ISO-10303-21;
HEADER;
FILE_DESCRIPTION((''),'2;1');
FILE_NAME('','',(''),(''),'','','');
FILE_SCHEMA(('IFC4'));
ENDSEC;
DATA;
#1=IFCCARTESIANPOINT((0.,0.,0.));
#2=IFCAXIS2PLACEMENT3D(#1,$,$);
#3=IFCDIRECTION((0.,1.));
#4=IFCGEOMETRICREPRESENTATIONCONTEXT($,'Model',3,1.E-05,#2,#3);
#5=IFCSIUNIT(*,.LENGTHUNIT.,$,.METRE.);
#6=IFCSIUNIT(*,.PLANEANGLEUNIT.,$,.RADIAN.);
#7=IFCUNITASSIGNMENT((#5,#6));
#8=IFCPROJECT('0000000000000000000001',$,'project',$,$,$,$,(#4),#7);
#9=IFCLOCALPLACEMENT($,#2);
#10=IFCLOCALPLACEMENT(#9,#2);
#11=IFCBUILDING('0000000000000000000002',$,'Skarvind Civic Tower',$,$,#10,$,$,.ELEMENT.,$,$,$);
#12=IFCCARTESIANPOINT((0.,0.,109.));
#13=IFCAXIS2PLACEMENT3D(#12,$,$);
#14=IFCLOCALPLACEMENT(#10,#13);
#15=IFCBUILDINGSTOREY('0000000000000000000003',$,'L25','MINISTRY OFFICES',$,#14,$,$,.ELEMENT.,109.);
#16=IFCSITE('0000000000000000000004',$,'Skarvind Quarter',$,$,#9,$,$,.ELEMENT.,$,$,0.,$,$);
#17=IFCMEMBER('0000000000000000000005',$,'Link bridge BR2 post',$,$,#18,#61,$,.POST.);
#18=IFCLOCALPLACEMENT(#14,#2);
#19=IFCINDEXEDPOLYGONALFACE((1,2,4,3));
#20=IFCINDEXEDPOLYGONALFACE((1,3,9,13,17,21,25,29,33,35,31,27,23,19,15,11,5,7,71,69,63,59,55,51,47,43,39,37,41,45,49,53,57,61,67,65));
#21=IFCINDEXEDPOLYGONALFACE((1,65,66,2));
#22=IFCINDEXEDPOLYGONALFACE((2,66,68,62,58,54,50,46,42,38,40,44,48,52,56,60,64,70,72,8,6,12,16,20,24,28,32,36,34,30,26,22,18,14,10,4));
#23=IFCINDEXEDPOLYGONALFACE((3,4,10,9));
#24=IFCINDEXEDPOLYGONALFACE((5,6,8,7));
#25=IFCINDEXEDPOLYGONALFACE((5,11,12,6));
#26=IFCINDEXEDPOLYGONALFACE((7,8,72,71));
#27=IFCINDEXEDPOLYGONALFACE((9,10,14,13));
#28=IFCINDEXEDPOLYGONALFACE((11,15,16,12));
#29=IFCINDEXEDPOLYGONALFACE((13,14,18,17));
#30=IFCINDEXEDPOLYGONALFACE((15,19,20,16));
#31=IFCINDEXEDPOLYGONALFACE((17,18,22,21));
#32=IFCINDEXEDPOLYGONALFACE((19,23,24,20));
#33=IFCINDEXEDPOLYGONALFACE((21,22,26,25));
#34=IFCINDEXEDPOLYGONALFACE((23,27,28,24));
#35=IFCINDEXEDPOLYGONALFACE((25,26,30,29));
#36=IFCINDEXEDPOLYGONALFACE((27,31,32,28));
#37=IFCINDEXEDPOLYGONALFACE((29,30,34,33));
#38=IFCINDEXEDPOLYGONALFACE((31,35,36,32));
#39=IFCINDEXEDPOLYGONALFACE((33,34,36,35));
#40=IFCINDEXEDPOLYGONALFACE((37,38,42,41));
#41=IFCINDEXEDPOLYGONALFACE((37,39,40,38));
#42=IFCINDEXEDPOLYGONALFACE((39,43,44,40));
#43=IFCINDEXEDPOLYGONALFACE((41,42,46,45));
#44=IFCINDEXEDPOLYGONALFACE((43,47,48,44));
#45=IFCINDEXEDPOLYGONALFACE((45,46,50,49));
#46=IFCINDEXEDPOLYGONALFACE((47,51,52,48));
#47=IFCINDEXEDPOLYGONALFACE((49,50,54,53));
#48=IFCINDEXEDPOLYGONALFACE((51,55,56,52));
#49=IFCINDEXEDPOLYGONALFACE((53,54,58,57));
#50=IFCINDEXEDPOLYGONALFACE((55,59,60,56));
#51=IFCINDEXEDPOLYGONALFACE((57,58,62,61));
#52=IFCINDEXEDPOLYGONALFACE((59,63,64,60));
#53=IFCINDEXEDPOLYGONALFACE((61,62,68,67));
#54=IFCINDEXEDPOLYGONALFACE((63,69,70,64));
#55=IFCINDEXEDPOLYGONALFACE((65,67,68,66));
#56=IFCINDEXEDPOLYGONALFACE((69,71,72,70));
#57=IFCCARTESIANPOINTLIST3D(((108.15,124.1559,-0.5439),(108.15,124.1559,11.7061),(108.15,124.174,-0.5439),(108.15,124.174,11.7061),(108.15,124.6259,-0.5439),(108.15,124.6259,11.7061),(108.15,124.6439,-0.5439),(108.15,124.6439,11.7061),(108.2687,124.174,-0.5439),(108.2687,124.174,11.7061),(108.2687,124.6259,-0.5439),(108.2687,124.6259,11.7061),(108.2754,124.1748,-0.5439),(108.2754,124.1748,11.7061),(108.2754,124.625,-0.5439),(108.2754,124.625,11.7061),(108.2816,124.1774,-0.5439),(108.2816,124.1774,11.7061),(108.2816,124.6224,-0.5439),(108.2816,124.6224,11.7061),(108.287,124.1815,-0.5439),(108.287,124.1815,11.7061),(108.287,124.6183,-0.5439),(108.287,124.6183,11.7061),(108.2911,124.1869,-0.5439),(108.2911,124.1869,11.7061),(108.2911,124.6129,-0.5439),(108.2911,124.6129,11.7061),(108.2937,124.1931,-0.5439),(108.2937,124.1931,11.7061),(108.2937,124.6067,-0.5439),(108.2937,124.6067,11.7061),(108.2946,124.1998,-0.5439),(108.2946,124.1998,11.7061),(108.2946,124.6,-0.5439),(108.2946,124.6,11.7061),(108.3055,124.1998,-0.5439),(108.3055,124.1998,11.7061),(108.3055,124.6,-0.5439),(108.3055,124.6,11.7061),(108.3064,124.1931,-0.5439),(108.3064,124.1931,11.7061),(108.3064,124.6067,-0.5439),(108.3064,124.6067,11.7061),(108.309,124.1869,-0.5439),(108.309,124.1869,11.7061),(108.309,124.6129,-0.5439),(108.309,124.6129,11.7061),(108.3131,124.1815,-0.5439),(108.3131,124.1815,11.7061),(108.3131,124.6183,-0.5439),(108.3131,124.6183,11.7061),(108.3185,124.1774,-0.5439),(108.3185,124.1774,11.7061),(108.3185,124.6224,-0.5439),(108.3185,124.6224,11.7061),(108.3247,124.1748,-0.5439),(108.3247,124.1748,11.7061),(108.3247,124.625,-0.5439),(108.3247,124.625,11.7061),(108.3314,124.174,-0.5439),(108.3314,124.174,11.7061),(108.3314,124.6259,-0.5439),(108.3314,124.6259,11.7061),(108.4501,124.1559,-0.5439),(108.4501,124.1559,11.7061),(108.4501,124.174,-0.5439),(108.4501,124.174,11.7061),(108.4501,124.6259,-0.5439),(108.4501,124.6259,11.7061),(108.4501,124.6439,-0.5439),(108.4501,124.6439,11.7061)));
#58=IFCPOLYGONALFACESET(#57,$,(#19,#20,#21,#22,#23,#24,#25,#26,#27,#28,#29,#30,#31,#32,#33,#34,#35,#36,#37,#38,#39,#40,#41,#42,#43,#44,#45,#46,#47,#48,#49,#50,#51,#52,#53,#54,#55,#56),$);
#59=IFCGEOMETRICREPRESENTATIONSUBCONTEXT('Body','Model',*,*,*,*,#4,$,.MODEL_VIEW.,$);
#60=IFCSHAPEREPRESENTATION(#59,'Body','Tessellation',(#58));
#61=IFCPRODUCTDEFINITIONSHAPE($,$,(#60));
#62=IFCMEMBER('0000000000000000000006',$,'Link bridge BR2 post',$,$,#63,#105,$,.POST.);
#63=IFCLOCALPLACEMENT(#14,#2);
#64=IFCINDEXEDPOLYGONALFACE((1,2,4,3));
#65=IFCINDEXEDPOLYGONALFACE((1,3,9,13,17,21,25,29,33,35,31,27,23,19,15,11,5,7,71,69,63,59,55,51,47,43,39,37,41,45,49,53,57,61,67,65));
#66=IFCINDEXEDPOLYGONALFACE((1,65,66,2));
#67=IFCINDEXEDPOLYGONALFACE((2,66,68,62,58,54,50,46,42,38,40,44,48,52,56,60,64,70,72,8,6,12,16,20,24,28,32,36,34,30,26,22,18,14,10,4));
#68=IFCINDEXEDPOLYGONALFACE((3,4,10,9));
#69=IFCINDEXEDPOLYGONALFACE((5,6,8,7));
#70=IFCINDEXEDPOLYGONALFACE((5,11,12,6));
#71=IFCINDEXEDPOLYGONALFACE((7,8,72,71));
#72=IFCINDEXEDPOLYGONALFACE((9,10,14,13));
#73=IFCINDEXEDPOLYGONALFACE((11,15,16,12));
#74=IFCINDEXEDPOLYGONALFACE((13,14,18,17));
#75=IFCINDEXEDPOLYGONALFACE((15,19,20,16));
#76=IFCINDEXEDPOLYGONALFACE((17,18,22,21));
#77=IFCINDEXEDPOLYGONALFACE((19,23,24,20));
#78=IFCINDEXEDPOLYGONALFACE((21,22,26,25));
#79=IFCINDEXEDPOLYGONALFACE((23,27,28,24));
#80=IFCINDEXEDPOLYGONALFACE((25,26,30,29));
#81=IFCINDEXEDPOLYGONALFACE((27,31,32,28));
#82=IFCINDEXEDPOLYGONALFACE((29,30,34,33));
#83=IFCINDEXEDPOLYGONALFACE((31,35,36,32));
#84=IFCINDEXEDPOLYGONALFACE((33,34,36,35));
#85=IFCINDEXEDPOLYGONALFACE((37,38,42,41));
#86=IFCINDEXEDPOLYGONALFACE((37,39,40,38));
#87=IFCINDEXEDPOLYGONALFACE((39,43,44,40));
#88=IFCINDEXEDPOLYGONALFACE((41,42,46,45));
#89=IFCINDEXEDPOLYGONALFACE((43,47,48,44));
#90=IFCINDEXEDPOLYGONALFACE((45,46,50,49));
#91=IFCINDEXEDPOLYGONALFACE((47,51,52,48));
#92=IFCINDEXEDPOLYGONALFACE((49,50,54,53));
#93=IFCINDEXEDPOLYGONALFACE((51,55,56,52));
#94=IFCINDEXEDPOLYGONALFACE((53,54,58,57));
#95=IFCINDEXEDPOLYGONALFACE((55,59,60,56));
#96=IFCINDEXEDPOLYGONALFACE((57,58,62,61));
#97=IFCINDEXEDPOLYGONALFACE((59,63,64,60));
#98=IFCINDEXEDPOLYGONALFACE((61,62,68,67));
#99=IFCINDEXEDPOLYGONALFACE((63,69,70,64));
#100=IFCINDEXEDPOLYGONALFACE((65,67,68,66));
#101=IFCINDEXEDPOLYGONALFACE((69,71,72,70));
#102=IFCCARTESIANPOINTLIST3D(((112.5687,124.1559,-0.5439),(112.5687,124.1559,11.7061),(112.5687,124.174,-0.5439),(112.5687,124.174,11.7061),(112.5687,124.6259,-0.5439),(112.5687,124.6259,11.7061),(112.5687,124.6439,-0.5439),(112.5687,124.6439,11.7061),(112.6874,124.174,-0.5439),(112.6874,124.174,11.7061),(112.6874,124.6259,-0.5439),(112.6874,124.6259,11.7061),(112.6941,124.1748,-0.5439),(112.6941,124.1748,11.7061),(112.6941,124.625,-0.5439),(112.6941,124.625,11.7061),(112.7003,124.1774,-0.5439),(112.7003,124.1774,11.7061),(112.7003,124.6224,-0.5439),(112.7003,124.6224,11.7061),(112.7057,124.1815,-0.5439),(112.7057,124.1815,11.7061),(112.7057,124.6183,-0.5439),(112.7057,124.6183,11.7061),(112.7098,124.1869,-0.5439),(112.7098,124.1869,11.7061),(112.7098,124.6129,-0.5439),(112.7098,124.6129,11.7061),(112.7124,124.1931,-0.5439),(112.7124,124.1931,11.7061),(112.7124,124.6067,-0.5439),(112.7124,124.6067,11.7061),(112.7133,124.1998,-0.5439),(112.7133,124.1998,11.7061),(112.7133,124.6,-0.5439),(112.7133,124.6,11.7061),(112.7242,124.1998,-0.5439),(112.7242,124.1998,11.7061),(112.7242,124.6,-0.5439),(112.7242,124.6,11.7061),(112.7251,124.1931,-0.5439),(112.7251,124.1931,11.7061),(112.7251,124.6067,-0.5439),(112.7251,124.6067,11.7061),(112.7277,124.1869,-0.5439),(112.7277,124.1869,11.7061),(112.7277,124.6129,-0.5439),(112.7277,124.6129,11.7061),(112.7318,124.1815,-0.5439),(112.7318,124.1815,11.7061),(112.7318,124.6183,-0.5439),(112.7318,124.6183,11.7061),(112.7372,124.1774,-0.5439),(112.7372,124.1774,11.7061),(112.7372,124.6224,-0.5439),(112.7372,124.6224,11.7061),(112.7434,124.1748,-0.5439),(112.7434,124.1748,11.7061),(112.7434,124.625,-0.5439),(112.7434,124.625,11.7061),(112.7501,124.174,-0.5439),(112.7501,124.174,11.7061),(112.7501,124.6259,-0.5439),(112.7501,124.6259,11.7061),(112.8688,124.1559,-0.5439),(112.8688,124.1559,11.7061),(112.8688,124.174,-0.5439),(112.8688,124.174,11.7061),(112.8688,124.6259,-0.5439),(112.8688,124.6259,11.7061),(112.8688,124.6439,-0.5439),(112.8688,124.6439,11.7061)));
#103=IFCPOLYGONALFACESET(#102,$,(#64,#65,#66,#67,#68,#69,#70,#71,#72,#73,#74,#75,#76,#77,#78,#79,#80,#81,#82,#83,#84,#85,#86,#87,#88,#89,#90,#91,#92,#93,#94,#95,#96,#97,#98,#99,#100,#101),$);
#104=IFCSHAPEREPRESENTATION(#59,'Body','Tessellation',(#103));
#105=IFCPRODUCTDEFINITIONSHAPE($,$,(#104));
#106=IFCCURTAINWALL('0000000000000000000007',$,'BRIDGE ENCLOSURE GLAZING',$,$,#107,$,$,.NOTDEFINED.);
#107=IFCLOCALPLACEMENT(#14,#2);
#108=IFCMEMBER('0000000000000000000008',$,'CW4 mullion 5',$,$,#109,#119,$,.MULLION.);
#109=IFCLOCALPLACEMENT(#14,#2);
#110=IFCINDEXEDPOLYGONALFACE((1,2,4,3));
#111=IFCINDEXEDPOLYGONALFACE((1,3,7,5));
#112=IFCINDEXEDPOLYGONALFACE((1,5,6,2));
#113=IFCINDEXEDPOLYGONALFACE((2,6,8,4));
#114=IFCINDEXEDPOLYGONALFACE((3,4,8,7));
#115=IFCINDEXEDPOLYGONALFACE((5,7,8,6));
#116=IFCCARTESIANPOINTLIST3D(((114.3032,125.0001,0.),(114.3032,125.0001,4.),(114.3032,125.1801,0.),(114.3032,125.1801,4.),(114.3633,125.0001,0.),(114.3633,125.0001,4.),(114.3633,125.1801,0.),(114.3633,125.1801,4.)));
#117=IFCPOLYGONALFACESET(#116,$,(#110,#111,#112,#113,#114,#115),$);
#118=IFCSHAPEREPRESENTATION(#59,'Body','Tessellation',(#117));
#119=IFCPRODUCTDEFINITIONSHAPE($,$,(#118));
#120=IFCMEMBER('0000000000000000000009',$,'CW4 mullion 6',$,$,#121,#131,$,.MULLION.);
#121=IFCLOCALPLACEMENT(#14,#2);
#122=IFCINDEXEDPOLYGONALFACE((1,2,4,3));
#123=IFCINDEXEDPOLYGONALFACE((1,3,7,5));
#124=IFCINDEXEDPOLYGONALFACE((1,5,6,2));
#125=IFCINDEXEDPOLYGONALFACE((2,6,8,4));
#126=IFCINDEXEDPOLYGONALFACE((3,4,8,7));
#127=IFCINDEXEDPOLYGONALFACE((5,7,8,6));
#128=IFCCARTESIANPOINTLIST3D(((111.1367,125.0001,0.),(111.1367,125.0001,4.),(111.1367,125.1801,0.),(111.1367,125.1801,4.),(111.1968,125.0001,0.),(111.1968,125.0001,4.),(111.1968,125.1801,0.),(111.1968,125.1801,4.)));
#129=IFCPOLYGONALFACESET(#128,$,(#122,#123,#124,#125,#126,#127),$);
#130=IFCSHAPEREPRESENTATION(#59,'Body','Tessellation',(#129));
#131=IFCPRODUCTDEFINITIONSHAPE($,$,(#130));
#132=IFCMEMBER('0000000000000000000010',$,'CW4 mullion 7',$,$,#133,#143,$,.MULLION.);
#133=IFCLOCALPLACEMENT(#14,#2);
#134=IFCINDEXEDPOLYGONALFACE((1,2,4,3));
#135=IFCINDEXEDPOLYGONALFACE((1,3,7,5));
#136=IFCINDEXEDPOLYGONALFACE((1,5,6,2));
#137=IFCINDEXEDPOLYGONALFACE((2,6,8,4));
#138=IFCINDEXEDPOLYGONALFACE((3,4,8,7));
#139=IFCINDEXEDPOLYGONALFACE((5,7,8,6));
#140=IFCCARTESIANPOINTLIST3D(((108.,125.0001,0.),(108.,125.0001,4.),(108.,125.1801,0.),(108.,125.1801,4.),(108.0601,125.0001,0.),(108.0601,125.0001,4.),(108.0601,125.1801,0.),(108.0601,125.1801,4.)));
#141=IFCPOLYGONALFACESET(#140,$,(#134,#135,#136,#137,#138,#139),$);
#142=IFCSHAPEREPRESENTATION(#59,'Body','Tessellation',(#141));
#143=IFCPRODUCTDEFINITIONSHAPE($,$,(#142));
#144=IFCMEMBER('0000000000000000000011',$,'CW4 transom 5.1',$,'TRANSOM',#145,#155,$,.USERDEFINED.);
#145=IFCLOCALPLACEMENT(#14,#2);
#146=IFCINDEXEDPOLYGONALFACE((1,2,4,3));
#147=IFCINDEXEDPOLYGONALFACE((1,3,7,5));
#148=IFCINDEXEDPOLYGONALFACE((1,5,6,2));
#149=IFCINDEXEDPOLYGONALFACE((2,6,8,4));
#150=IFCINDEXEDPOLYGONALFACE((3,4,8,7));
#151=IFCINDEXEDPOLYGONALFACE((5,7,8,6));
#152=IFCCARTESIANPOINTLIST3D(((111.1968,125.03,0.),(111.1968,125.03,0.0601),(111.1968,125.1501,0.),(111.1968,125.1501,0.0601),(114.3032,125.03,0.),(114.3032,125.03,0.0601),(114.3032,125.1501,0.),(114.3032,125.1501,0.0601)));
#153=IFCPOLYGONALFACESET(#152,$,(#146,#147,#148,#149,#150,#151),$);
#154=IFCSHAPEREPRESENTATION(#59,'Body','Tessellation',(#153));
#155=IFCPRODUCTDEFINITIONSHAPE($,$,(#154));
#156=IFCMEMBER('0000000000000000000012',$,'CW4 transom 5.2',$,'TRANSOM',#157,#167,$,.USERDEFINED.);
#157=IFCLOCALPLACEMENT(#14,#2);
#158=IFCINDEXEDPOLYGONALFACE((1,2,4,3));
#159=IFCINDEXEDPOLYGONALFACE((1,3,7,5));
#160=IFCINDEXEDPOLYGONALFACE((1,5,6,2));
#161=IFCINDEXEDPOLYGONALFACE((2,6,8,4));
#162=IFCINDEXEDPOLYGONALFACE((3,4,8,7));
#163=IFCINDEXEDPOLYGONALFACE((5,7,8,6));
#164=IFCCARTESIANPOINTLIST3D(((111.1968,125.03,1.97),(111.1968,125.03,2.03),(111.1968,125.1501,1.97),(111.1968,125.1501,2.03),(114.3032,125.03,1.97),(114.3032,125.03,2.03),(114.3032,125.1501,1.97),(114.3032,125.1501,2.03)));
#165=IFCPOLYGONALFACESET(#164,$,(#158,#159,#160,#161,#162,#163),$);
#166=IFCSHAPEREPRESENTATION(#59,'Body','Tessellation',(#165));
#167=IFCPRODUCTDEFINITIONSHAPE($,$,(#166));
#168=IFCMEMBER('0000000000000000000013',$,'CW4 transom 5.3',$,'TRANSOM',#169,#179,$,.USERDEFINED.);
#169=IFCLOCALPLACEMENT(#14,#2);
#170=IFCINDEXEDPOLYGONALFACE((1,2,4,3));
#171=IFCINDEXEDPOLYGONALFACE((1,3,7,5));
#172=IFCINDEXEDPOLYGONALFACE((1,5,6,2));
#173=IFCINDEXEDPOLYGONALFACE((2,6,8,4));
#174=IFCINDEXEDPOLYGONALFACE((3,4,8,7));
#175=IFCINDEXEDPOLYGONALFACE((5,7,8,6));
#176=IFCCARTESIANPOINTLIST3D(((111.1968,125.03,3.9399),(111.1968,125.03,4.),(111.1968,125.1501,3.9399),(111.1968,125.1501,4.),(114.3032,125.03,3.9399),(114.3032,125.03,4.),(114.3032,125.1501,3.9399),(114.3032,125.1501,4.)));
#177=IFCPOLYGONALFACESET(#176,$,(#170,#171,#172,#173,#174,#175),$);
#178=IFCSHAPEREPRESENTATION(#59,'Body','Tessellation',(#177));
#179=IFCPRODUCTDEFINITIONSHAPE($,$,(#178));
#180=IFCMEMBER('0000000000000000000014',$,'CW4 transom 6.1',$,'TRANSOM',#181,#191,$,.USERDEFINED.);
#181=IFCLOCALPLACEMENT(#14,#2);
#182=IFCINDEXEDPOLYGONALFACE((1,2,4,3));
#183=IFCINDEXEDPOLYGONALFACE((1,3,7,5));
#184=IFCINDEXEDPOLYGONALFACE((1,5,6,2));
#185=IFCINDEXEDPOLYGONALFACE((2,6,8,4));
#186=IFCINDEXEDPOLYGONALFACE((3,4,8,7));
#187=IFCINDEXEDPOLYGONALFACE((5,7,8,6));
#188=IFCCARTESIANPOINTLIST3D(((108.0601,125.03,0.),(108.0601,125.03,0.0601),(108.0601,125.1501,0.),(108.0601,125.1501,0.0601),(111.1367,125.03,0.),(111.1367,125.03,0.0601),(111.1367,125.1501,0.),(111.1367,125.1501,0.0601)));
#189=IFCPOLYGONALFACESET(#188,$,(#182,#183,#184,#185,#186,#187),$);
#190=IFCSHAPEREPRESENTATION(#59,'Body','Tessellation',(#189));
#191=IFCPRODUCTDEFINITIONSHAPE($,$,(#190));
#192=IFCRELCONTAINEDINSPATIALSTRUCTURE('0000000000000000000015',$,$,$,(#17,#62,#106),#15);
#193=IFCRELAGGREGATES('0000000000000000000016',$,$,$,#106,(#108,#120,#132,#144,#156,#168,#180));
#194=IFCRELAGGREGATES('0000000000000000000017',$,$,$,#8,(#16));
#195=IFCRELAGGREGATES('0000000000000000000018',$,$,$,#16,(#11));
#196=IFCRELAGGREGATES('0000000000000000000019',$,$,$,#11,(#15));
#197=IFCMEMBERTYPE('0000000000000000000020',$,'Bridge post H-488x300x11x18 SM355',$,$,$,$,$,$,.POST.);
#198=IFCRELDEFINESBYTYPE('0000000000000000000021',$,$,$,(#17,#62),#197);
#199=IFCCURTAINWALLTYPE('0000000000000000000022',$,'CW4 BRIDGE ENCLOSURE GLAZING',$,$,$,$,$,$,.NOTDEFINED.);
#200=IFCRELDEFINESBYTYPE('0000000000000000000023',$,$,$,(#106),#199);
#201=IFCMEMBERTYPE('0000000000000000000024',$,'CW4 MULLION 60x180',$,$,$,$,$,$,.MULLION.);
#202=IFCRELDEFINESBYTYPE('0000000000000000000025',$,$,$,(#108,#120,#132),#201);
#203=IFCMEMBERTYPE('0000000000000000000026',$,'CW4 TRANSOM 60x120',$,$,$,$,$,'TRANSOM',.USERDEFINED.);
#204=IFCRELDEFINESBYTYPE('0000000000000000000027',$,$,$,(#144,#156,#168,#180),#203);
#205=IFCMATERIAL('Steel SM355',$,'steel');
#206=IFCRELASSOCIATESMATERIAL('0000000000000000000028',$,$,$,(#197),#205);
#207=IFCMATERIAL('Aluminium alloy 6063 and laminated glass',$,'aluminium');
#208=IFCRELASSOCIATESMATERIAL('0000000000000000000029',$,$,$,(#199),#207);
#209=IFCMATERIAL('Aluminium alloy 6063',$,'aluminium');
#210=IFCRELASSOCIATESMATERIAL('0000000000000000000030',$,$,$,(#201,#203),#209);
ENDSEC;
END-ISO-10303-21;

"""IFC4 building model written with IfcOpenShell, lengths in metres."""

from ifc_helpers import new_model, si_unit, direction, frame, origin, origin_2d, place, context, subcontext, project, spatial, rectangle, i_section, extrude, material, material_profile, profile_set, type_object, element, aggregate, save


model = new_model("IFC4")

# Units and contexts
model_context = context("Model", 3, precision=1e-05, world=origin(), true_north=direction((0.0, 1.0)))
body_context = subcontext(model_context, "Body", "Model", "MODEL_VIEW")
ifc_project = project(units=[si_unit("LENGTHUNIT", "METRE"), si_unit("PLANEANGLEUNIT", "RADIAN")], contexts=[model_context])

# Site, building, storey
site_placement = place(None, origin())
site = spatial("IfcSite", under=ifc_project, at=site_placement, Name="Skarvind Quarter", CompositionType="ELEMENT", RefElevation=0.0)
building_placement = place(site_placement, origin())
building = spatial("IfcBuilding", under=site, at=building_placement, Name="Skarvind Civic Tower", CompositionType="ELEMENT")
storey_placement = place(building_placement, frame((0.0, 0.0, 109.0)))
storey = spatial("IfcBuildingStorey", under=building, at=storey_placement, Name="L25", Description="MINISTRY OFFICES", CompositionType="ELEMENT", Elevation=109.0)

# Members
ifc_material_1 = material(Name="Steel SM355", Category="steel")
ifc_material_profile_1 = material_profile(ifc_material_1, i_section(OverallWidth=0.3, OverallDepth=0.488, WebThickness=0.011, FlangeThickness=0.0181, FilletRadius=0.0259, at=origin_2d()), Name="H-488x300x11x18")
ifc_profile_set_1 = profile_set([ifc_material_profile_1], Name="Steel SM355")
member_type_1 = type_object("IfcMemberType", Name="Bridge post H-488x300x11x18 SM355", PredefinedType="POST", material=ifc_profile_set_1)
for number, where, z_axis, x_axis, name in (
    (1, (108.3, 124.3999, -0.5439), (0.0, 0.0, 1.0), (1.0, 0.0, 0.0), "Link bridge BR2 post"),
    (2, (112.7188, 124.3999, -0.5439), (0.0, 0.0, 1.0), (1.0, 0.0, 0.0), "Link bridge BR2 post"),
):
    element("IfcMember", number, at=place(storey_placement, frame(where, z_axis=z_axis, x_axis=x_axis)), inside=storey, type_object=member_type_1, Name=name, PredefinedType="POST", context=body_context, shape_type="SweptSolid", body=[
        extrude(i_section(OverallWidth=0.3, OverallDepth=0.488, WebThickness=0.011, FlangeThickness=0.0181, FilletRadius=0.0259, at=origin_2d()), origin(), (0.0, 0.0, 1.0), 12.25),
    ])

# Curtain wall, members
ifc_material_2 = material(Name="Aluminium alloy 6063 and laminated glass", Category="aluminium")
curtain_wall_type = type_object("IfcCurtainWallType", Name="CW4 BRIDGE ENCLOSURE GLAZING", PredefinedType="NOTDEFINED", material=ifc_material_2)
curtain_wall_placement = place(storey_placement, origin())
curtain_wall = element("IfcCurtainWall", 3, at=curtain_wall_placement, inside=storey, type_object=curtain_wall_type, Name="BRIDGE ENCLOSURE GLAZING", PredefinedType="NOTDEFINED")
ifc_material_3 = material(Name="Aluminium alloy 6063", Category="aluminium")
ifc_material_profile_2 = material_profile(ifc_material_3, rectangle(XDim=0.1799, YDim=0.0601, at=origin_2d()), Name="AL 60x180")
ifc_profile_set_2 = profile_set([ifc_material_profile_2], Name="Aluminium alloy 6063")
member_type_2 = type_object("IfcMemberType", Name="CW4 MULLION 60x180", PredefinedType="MULLION", material=ifc_profile_set_2)
member_1_placement = place(storey_placement, frame((114.3333, 125.0901, 0.0), z_axis=(0.0, 0.0, 1.0), x_axis=(0.0, -1.0, 0.0)))
member_1 = element("IfcMember", 4, at=member_1_placement, type_object=member_type_2, Name="CW4 mullion 5", PredefinedType="MULLION", context=body_context, shape_type="SweptSolid", body=[
    extrude(rectangle(XDim=0.1799, YDim=0.0601, at=origin_2d()), origin(), (0.0, 0.0, 1.0), 4.0),
])
member_2_placement = place(storey_placement, frame((111.1667, 125.0901, 0.0), z_axis=(0.0, 0.0, 1.0), x_axis=(0.0, -1.0, 0.0)))
member_2 = element("IfcMember", 5, at=member_2_placement, type_object=member_type_2, Name="CW4 mullion 6", PredefinedType="MULLION", context=body_context, shape_type="SweptSolid", body=[
    extrude(rectangle(XDim=0.1799, YDim=0.0601, at=origin_2d()), origin(), (0.0, 0.0, 1.0), 4.0),
])
member_3_placement = place(storey_placement, frame((108.03, 125.0901, 0.0), z_axis=(0.0, 0.0, 1.0), x_axis=(0.0, -1.0, 0.0)))
member_3 = element("IfcMember", 6, at=member_3_placement, type_object=member_type_2, Name="CW4 mullion 7", PredefinedType="MULLION", context=body_context, shape_type="SweptSolid", body=[
    extrude(rectangle(XDim=0.1799, YDim=0.0601, at=origin_2d()), origin(), (0.0, 0.0, 1.0), 4.0),
])
ifc_material_profile_3 = material_profile(ifc_material_3, rectangle(XDim=0.1201, YDim=0.0601, at=origin_2d()), Name="AL 60x120")
ifc_profile_set_3 = profile_set([ifc_material_profile_3], Name="Aluminium alloy 6063")
member_type_3 = type_object("IfcMemberType", Name="CW4 TRANSOM 60x120", ElementType="TRANSOM", PredefinedType="USERDEFINED", material=ifc_profile_set_3)
member_4_placement = place(storey_placement, frame((114.3032, 125.0901, 0.03), z_axis=(-1.0, 0.0, 0.0), x_axis=(0.0, -1.0, 0.0)))
member_4 = element("IfcMember", 7, at=member_4_placement, type_object=member_type_3, Name="CW4 transom 5.1", ObjectType="TRANSOM", PredefinedType="USERDEFINED", context=body_context, shape_type="SweptSolid", body=[
    extrude(rectangle(XDim=0.1201, YDim=0.0601, at=origin_2d()), origin(), (0.0, 0.0, 1.0), 3.1064),
])
member_5_placement = place(storey_placement, frame((114.3032, 125.0901, 2.0), z_axis=(-1.0, 0.0, 0.0), x_axis=(0.0, -1.0, 0.0)))
member_5 = element("IfcMember", 8, at=member_5_placement, type_object=member_type_3, Name="CW4 transom 5.2", ObjectType="TRANSOM", PredefinedType="USERDEFINED", context=body_context, shape_type="SweptSolid", body=[
    extrude(rectangle(XDim=0.1201, YDim=0.0601, at=origin_2d()), origin(), (0.0, 0.0, 1.0), 3.1064),
])
member_6_placement = place(storey_placement, frame((114.3032, 125.0901, 3.97), z_axis=(-1.0, 0.0, 0.0), x_axis=(0.0, -1.0, 0.0)))
member_6 = element("IfcMember", 9, at=member_6_placement, type_object=member_type_3, Name="CW4 transom 5.3", ObjectType="TRANSOM", PredefinedType="USERDEFINED", context=body_context, shape_type="SweptSolid", body=[
    extrude(rectangle(XDim=0.1201, YDim=0.0601, at=origin_2d()), origin(), (0.0, 0.0, 1.0), 3.1064),
])
member_7_placement = place(storey_placement, frame((111.1367, 125.0901, 0.03), z_axis=(-1.0, 0.0, 0.0), x_axis=(0.0, -1.0, 0.0)))
member_7 = element("IfcMember", 10, at=member_7_placement, type_object=member_type_3, Name="CW4 transom 6.1", ObjectType="TRANSOM", PredefinedType="USERDEFINED", context=body_context, shape_type="SweptSolid", body=[
    extrude(rectangle(XDim=0.1201, YDim=0.0601, at=origin_2d()), origin(), (0.0, 0.0, 1.0), 3.0767),
])
aggregate(curtain_wall, [member_1, member_2, member_3, member_4, member_5, member_6, member_7])

save(model, "model.ifc")
